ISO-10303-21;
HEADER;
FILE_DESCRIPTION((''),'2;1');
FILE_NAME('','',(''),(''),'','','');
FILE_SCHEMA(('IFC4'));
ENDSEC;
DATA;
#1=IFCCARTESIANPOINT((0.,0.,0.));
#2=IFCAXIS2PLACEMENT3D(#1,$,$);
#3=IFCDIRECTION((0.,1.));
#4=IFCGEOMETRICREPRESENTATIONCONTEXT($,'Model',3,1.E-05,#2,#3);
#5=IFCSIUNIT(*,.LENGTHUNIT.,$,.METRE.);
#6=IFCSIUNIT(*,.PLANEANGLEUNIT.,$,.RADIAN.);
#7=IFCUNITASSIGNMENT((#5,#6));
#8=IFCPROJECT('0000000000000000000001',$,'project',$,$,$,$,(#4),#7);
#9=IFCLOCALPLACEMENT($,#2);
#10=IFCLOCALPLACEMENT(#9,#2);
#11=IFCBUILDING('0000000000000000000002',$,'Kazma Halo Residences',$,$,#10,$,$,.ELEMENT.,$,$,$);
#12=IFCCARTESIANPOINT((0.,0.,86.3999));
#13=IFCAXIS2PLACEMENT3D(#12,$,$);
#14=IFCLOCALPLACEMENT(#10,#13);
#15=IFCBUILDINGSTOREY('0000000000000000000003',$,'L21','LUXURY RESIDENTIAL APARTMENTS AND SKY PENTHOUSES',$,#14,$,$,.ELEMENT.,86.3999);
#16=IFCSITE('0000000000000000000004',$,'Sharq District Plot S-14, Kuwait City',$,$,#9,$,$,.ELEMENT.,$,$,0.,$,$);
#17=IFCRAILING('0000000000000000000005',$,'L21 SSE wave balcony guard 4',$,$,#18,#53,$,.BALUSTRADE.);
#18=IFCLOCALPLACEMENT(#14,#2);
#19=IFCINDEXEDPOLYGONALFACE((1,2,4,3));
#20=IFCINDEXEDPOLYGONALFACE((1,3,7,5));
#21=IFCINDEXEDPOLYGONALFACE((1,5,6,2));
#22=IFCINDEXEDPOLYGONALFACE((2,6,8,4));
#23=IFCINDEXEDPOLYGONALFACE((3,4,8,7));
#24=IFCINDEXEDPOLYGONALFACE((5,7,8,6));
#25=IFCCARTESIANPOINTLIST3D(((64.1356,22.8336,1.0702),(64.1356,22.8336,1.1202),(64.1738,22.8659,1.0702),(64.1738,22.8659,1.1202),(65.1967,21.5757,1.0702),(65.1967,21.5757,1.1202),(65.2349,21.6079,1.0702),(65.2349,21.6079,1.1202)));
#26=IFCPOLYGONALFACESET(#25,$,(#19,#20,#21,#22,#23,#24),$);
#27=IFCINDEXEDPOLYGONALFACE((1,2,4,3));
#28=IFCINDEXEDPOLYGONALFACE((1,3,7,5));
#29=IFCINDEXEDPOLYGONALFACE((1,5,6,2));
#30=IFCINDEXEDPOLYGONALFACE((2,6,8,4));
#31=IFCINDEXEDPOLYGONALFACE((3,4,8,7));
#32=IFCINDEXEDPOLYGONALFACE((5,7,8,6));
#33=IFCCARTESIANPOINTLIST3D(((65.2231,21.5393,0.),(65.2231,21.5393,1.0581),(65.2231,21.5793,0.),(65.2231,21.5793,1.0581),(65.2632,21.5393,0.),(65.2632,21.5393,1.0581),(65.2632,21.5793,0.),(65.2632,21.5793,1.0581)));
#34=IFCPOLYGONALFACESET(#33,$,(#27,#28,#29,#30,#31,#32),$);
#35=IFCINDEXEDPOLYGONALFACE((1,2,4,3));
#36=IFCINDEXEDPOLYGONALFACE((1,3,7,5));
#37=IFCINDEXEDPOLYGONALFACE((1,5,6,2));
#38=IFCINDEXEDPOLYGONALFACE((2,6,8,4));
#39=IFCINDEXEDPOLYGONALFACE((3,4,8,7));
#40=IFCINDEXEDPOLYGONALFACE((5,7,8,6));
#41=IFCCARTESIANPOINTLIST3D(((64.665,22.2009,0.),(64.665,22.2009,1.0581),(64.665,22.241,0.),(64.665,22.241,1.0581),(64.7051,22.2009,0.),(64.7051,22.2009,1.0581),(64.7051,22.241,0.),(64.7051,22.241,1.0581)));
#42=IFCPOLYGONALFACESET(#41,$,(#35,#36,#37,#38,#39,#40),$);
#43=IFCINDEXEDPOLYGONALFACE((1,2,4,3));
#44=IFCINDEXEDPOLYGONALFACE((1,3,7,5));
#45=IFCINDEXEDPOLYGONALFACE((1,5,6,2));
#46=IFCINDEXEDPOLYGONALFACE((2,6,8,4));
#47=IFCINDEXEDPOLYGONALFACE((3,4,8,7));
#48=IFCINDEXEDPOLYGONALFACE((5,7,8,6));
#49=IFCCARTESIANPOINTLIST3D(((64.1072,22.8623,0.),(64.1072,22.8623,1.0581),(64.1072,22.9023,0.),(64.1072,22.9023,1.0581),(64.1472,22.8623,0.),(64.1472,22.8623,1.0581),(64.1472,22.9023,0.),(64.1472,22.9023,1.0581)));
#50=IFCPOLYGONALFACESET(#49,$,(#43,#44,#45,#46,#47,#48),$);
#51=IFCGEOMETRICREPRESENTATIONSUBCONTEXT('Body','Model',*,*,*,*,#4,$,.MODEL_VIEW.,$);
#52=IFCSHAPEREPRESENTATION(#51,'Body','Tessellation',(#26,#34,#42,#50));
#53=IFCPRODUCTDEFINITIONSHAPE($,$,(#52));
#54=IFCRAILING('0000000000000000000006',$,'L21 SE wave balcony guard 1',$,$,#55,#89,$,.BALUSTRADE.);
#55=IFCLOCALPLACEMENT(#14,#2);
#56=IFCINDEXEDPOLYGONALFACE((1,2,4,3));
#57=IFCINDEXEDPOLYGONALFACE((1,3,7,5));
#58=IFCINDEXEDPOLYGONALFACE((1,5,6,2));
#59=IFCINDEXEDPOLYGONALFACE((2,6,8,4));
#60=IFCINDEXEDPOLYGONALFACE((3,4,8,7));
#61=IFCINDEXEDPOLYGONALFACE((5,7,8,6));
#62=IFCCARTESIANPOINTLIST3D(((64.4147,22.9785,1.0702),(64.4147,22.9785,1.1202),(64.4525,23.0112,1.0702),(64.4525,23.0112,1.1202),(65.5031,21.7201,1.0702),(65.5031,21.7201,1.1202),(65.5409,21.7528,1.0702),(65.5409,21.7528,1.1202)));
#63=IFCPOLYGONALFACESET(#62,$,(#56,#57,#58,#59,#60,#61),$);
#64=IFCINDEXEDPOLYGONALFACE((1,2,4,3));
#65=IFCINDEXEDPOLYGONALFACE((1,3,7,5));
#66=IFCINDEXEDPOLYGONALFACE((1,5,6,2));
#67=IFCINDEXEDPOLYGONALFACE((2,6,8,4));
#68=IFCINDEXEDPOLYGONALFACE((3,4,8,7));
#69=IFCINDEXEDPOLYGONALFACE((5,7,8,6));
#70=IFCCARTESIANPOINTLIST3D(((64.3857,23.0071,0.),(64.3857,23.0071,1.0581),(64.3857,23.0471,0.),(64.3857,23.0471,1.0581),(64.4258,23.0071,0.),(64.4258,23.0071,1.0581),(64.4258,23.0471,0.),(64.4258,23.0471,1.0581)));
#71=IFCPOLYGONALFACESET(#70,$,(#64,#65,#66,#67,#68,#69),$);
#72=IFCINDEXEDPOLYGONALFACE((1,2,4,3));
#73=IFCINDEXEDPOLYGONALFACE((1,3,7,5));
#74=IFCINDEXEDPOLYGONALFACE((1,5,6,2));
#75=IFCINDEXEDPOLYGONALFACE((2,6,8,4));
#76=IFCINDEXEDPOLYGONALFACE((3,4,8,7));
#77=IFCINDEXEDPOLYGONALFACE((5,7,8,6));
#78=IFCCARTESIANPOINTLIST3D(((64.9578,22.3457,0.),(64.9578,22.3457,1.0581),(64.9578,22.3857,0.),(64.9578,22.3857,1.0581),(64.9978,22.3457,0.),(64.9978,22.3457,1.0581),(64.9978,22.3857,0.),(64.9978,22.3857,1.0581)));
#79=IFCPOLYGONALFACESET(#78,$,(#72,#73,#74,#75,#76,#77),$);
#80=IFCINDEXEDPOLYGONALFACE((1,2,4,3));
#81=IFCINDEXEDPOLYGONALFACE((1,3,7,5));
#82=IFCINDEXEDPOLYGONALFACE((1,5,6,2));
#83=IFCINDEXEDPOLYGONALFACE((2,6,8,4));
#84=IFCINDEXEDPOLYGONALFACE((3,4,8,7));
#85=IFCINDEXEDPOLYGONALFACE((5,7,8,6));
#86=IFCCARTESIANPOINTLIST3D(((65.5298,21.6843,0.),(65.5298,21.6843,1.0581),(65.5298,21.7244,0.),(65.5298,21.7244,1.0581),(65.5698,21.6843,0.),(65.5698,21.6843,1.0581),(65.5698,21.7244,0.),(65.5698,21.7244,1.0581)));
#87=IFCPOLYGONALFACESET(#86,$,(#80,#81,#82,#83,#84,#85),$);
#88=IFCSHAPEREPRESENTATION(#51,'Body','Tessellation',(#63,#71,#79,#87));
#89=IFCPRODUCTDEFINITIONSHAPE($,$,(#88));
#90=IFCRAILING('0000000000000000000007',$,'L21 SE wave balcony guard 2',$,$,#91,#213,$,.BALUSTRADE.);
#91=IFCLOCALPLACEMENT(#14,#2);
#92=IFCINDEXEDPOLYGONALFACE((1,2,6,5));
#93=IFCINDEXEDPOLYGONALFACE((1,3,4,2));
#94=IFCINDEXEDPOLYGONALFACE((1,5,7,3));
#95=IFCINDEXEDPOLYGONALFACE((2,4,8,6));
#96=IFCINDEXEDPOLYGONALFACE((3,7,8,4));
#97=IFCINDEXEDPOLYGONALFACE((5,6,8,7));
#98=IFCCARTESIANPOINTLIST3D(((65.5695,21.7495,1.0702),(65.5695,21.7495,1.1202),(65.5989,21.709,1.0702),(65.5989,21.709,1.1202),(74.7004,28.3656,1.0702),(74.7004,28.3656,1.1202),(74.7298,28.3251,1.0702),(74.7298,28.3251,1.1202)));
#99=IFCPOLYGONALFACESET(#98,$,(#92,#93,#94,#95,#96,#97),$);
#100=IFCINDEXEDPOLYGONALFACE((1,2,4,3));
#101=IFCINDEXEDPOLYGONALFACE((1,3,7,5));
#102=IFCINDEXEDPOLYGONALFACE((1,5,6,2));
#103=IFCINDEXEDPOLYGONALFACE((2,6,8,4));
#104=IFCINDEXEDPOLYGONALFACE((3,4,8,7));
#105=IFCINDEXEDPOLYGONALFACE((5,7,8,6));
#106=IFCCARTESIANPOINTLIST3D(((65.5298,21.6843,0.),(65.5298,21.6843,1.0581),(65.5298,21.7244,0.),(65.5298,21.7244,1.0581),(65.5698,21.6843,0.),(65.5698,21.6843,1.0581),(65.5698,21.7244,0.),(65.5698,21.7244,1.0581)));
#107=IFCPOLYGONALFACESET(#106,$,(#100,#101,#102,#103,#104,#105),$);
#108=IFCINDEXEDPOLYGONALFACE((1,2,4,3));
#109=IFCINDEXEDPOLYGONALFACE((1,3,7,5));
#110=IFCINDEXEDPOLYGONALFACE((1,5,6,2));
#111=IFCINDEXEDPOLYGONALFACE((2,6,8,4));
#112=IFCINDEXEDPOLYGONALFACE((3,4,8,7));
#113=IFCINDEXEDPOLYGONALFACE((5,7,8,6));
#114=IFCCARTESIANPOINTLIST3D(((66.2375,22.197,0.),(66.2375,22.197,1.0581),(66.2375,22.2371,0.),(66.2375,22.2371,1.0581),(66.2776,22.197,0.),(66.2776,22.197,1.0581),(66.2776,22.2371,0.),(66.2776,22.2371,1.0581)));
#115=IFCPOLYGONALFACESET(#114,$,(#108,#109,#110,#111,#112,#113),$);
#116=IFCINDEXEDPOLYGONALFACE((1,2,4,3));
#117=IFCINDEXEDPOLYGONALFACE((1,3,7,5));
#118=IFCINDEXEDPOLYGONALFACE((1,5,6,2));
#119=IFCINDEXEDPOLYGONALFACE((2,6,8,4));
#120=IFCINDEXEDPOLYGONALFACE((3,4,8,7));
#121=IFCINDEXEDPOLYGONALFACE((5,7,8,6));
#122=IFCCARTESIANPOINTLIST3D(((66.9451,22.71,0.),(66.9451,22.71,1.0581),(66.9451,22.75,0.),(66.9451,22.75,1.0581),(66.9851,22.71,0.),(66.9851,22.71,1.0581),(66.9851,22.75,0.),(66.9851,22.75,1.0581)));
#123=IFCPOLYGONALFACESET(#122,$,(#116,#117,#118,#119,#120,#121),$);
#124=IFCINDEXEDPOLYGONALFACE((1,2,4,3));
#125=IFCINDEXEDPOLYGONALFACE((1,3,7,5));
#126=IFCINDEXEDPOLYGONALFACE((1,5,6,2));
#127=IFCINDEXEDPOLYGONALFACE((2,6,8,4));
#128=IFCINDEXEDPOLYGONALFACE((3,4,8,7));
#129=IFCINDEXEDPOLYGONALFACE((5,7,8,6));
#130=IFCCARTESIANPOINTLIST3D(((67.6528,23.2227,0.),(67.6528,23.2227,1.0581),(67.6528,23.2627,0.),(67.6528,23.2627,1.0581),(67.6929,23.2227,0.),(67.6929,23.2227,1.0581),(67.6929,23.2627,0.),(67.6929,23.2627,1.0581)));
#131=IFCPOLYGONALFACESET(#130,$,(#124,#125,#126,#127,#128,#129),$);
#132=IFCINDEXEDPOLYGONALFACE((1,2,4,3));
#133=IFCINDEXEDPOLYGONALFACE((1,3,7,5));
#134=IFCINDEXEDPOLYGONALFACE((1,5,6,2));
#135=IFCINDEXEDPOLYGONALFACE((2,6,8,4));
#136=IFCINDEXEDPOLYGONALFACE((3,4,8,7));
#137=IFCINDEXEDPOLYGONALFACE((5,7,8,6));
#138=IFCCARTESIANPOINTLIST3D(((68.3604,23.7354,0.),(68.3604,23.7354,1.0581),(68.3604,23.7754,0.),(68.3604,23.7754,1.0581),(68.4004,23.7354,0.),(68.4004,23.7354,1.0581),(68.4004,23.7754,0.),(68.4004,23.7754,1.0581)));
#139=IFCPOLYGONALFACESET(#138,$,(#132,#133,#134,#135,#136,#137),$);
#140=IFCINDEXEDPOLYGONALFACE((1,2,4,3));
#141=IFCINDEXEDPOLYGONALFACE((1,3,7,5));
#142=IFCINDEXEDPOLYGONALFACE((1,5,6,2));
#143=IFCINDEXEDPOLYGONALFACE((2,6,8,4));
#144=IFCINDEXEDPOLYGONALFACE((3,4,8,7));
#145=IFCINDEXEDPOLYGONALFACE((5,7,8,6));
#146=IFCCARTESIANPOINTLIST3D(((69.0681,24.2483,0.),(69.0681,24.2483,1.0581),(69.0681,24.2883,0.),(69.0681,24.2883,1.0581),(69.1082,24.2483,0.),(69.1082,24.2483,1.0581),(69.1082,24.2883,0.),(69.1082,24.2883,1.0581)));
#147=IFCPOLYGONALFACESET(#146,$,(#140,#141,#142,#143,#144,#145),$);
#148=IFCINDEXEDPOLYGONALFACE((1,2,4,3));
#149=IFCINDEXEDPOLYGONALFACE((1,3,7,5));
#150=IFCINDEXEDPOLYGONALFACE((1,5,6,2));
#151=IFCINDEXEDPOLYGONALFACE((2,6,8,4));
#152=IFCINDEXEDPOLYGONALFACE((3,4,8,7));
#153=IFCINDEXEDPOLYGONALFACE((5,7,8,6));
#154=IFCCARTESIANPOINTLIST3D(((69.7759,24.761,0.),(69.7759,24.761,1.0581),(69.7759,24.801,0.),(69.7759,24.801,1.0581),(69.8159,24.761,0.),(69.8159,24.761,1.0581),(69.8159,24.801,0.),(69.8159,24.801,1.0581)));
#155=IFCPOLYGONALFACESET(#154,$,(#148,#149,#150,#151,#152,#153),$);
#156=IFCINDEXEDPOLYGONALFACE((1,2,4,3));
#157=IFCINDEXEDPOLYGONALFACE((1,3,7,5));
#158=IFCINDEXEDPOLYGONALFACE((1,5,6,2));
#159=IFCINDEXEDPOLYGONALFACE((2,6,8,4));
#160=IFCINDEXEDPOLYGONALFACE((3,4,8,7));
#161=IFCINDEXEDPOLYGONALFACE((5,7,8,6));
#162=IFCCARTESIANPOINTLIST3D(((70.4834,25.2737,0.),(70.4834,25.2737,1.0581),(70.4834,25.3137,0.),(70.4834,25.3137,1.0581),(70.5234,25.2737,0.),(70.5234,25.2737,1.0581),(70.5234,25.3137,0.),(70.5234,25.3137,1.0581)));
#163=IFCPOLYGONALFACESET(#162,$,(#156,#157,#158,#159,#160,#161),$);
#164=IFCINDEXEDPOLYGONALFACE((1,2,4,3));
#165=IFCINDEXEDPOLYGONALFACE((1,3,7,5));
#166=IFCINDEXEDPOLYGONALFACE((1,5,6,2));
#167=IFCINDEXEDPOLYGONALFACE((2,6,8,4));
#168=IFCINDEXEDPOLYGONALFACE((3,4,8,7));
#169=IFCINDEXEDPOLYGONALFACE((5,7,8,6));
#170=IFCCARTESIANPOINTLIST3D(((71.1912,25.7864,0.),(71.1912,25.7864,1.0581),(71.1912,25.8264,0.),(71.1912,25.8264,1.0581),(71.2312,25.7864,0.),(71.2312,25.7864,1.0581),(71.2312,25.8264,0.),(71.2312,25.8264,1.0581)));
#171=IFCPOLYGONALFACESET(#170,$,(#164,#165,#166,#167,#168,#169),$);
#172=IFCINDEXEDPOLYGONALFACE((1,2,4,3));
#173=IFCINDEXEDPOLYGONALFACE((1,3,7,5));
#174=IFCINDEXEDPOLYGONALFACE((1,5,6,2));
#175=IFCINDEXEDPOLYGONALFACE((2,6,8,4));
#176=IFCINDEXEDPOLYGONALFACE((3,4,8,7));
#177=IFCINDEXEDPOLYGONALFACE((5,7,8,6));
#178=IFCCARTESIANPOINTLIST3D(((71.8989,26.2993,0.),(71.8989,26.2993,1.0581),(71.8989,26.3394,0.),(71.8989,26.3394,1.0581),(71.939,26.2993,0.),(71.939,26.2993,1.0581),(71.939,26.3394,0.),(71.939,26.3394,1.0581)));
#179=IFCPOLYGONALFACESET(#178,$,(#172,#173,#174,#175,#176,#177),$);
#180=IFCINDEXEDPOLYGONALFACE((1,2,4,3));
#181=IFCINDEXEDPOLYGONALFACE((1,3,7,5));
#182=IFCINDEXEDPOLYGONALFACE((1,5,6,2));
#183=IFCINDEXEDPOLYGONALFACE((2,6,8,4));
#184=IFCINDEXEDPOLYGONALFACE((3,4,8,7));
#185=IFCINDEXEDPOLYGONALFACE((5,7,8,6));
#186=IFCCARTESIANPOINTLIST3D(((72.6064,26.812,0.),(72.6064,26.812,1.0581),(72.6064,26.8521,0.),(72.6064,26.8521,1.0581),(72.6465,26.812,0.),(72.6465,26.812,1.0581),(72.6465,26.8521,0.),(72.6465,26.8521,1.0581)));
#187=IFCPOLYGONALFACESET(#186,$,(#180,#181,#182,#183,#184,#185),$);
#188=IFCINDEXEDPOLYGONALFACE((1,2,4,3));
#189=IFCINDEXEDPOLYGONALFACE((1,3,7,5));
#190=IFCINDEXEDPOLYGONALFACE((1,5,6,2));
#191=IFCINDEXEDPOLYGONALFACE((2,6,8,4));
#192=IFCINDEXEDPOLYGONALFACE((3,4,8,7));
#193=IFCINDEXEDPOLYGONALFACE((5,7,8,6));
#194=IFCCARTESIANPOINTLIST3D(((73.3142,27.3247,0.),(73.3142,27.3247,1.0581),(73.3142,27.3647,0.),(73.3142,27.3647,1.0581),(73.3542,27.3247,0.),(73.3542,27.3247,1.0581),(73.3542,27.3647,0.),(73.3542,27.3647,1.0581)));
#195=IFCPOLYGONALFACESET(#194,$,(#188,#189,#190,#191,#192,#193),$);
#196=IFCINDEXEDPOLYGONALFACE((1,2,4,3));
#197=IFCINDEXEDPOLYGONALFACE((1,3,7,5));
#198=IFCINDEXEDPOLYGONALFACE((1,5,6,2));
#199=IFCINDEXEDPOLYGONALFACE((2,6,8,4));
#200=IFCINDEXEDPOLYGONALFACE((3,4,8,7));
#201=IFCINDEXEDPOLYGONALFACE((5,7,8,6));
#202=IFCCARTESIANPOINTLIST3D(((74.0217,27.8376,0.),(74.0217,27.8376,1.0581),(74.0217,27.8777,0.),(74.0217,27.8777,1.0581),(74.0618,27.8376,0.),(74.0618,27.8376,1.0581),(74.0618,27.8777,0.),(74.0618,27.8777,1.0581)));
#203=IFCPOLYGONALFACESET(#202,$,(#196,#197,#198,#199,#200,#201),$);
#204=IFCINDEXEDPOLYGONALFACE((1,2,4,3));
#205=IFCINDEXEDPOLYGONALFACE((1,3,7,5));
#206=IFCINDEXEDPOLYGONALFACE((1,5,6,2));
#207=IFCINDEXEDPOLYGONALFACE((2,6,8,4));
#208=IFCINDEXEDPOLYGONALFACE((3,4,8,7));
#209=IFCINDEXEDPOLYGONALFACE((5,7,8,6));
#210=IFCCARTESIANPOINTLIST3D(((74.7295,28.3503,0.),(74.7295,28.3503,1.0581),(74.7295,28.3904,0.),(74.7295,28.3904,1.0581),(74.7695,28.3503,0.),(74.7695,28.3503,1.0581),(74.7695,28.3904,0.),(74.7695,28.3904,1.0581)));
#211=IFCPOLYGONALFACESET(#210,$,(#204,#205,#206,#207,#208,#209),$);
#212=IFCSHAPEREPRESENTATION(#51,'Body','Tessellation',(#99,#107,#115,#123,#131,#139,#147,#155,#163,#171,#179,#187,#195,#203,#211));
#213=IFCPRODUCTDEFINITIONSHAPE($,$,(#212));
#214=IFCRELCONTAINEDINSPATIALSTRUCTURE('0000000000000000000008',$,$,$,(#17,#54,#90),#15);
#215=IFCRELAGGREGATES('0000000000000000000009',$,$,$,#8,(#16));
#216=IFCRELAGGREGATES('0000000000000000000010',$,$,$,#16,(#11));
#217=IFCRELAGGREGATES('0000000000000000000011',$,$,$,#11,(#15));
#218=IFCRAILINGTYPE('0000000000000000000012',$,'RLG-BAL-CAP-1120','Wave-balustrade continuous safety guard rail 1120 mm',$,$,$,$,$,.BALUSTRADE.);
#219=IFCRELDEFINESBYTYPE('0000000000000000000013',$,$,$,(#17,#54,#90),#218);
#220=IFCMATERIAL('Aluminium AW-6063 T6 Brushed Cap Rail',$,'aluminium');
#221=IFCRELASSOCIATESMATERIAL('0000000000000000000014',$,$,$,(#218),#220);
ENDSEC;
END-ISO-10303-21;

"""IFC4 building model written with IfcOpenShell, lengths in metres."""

from ifc_helpers import new_model, si_unit, direction, frame, origin, origin_2d, place, context, subcontext, project, spatial, rectangle, extrude, material, type_object, element, save


model = new_model("IFC4")

# Units and contexts
model_context = context("Model", 3, precision=1e-05, world=origin(), true_north=direction((0.0, 1.0)))
body_context = subcontext(model_context, "Body", "Model", "MODEL_VIEW")
ifc_project = project(units=[si_unit("LENGTHUNIT", "METRE"), si_unit("PLANEANGLEUNIT", "RADIAN")], contexts=[model_context])

# Site, building, storey
site_placement = place(None, origin())
site = spatial("IfcSite", under=ifc_project, at=site_placement, Name="Sharq District Plot S-14, Kuwait City", CompositionType="ELEMENT", RefElevation=0.0)
building_placement = place(site_placement, origin())
building = spatial("IfcBuilding", under=site, at=building_placement, Name="Kazma Halo Residences", CompositionType="ELEMENT")
storey_placement = place(building_placement, frame((0.0, 0.0, 86.3999)))
storey = spatial("IfcBuildingStorey", under=building, at=storey_placement, Name="L21", Description="LUXURY RESIDENTIAL APARTMENTS AND SKY PENTHOUSES", CompositionType="ELEMENT", Elevation=86.3999)

# Railings
ifc_material_1 = material(Name="Aluminium AW-6063 T6 Brushed Cap Rail", Category="aluminium")
railing_type = type_object("IfcRailingType", Name="RLG-BAL-CAP-1120", Description="Wave-balustrade continuous safety guard rail 1120 mm", PredefinedType="BALUSTRADE", material=ifc_material_1)
railing_1_placement = place(storey_placement, frame((65.2432, 21.5593, 0.0)))
element("IfcRailing", 1, at=railing_1_placement, inside=storey, type_object=railing_type, Name="L21 SSE wave balcony guard 4", PredefinedType="BALUSTRADE", context=body_context, shape_type="SweptSolid", body=[
    extrude(rectangle(XDim=0.05, YDim=0.05, at=origin_2d()), frame((-0.0273, 0.0325, 1.0952), z_axis=(-0.644765, 0.764381, 0.0), x_axis=(-0.764381, -0.644765, 0.0)), (0.0, 0.0, 1.0), 1.6458),
    extrude(rectangle(XDim=0.04, YDim=0.04, at=origin_2d()), origin(), (0.0, 0.0, 1.0), 1.0581),
    extrude(rectangle(XDim=0.04, YDim=0.04, at=origin_2d()), frame((-0.5581, 0.6616, 0.0)), (0.0, 0.0, 1.0), 1.0581),
    extrude(rectangle(XDim=0.04, YDim=0.04, at=origin_2d()), frame((-1.116, 1.323, 0.0)), (0.0, 0.0, 1.0), 1.0581),
])
railing_2_placement = place(storey_placement, frame((64.4058, 23.0271, 0.0)))
element("IfcRailing", 2, at=railing_2_placement, inside=storey, type_object=railing_type, Name="L21 SE wave balcony guard 1", PredefinedType="BALUSTRADE", context=body_context, shape_type="SweptSolid", body=[
    extrude(rectangle(XDim=0.05, YDim=0.05, at=origin_2d()), frame((0.0278, -0.0322, 1.0952), z_axis=(0.654165, -0.756352, 0.0), x_axis=(0.756352, 0.654165, 0.0)), (0.0, 0.0, 1.0), 1.6638),
    extrude(rectangle(XDim=0.04, YDim=0.04, at=origin_2d()), origin(), (0.0, 0.0, 1.0), 1.0581),
    extrude(rectangle(XDim=0.04, YDim=0.04, at=origin_2d()), frame((0.572, -0.6614, 0.0)), (0.0, 0.0, 1.0), 1.0581),
    extrude(rectangle(XDim=0.04, YDim=0.04, at=origin_2d()), frame((1.144, -1.3228, 0.0)), (0.0, 0.0, 1.0), 1.0581),
])
railing_3_placement = place(storey_placement, frame((65.5498, 21.7043, 0.0)))
element("IfcRailing", 3, at=railing_3_placement, inside=storey, type_object=railing_type, Name="L21 SE wave balcony guard 2", PredefinedType="BALUSTRADE", context=body_context, shape_type="SweptSolid", body=[
    extrude(rectangle(XDim=0.05, YDim=0.05, at=origin_2d()), frame((0.0344, 0.0249, 1.0952), z_axis=(0.809768, 0.58675, 0.0), x_axis=(-0.58675, 0.809768, 0.0)), (0.0, 0.0, 1.0), 11.2759),
    extrude(rectangle(XDim=0.04, YDim=0.04, at=origin_2d()), origin(), (0.0, 0.0, 1.0), 1.0581),
    extrude(rectangle(XDim=0.04, YDim=0.04, at=origin_2d()), frame((0.7078, 0.5127, 0.0)), (0.0, 0.0, 1.0), 1.0581),
    extrude(rectangle(XDim=0.04, YDim=0.04, at=origin_2d()), frame((1.4153, 1.0256, 0.0)), (0.0, 0.0, 1.0), 1.0581),
    extrude(rectangle(XDim=0.04, YDim=0.04, at=origin_2d()), frame((2.123, 1.5383, 0.0)), (0.0, 0.0, 1.0), 1.0581),
    extrude(rectangle(XDim=0.04, YDim=0.04, at=origin_2d()), frame((2.8306, 2.051, 0.0)), (0.0, 0.0, 1.0), 1.0581),
    extrude(rectangle(XDim=0.04, YDim=0.04, at=origin_2d()), frame((3.5383, 2.564, 0.0)), (0.0, 0.0, 1.0), 1.0581),
    extrude(rectangle(XDim=0.04, YDim=0.04, at=origin_2d()), frame((4.2461, 3.0767, 0.0)), (0.0, 0.0, 1.0), 1.0581),
    extrude(rectangle(XDim=0.04, YDim=0.04, at=origin_2d()), frame((4.9536, 3.5894, 0.0)), (0.0, 0.0, 1.0), 1.0581),
    extrude(rectangle(XDim=0.04, YDim=0.04, at=origin_2d()), frame((5.6614, 4.1021, 0.0)), (0.0, 0.0, 1.0), 1.0581),
    extrude(rectangle(XDim=0.04, YDim=0.04, at=origin_2d()), frame((6.3691, 4.615, 0.0)), (0.0, 0.0, 1.0), 1.0581),
    extrude(rectangle(XDim=0.04, YDim=0.04, at=origin_2d()), frame((7.0767, 5.1277, 0.0)), (0.0, 0.0, 1.0), 1.0581),
    extrude(rectangle(XDim=0.04, YDim=0.04, at=origin_2d()), frame((7.7844, 5.6404, 0.0)), (0.0, 0.0, 1.0), 1.0581),
    extrude(rectangle(XDim=0.04, YDim=0.04, at=origin_2d()), frame((8.4919, 6.1533, 0.0)), (0.0, 0.0, 1.0), 1.0581),
    extrude(rectangle(XDim=0.04, YDim=0.04, at=origin_2d()), frame((9.1997, 6.666, 0.0)), (0.0, 0.0, 1.0), 1.0581),
])

save(model, "model.ifc")
